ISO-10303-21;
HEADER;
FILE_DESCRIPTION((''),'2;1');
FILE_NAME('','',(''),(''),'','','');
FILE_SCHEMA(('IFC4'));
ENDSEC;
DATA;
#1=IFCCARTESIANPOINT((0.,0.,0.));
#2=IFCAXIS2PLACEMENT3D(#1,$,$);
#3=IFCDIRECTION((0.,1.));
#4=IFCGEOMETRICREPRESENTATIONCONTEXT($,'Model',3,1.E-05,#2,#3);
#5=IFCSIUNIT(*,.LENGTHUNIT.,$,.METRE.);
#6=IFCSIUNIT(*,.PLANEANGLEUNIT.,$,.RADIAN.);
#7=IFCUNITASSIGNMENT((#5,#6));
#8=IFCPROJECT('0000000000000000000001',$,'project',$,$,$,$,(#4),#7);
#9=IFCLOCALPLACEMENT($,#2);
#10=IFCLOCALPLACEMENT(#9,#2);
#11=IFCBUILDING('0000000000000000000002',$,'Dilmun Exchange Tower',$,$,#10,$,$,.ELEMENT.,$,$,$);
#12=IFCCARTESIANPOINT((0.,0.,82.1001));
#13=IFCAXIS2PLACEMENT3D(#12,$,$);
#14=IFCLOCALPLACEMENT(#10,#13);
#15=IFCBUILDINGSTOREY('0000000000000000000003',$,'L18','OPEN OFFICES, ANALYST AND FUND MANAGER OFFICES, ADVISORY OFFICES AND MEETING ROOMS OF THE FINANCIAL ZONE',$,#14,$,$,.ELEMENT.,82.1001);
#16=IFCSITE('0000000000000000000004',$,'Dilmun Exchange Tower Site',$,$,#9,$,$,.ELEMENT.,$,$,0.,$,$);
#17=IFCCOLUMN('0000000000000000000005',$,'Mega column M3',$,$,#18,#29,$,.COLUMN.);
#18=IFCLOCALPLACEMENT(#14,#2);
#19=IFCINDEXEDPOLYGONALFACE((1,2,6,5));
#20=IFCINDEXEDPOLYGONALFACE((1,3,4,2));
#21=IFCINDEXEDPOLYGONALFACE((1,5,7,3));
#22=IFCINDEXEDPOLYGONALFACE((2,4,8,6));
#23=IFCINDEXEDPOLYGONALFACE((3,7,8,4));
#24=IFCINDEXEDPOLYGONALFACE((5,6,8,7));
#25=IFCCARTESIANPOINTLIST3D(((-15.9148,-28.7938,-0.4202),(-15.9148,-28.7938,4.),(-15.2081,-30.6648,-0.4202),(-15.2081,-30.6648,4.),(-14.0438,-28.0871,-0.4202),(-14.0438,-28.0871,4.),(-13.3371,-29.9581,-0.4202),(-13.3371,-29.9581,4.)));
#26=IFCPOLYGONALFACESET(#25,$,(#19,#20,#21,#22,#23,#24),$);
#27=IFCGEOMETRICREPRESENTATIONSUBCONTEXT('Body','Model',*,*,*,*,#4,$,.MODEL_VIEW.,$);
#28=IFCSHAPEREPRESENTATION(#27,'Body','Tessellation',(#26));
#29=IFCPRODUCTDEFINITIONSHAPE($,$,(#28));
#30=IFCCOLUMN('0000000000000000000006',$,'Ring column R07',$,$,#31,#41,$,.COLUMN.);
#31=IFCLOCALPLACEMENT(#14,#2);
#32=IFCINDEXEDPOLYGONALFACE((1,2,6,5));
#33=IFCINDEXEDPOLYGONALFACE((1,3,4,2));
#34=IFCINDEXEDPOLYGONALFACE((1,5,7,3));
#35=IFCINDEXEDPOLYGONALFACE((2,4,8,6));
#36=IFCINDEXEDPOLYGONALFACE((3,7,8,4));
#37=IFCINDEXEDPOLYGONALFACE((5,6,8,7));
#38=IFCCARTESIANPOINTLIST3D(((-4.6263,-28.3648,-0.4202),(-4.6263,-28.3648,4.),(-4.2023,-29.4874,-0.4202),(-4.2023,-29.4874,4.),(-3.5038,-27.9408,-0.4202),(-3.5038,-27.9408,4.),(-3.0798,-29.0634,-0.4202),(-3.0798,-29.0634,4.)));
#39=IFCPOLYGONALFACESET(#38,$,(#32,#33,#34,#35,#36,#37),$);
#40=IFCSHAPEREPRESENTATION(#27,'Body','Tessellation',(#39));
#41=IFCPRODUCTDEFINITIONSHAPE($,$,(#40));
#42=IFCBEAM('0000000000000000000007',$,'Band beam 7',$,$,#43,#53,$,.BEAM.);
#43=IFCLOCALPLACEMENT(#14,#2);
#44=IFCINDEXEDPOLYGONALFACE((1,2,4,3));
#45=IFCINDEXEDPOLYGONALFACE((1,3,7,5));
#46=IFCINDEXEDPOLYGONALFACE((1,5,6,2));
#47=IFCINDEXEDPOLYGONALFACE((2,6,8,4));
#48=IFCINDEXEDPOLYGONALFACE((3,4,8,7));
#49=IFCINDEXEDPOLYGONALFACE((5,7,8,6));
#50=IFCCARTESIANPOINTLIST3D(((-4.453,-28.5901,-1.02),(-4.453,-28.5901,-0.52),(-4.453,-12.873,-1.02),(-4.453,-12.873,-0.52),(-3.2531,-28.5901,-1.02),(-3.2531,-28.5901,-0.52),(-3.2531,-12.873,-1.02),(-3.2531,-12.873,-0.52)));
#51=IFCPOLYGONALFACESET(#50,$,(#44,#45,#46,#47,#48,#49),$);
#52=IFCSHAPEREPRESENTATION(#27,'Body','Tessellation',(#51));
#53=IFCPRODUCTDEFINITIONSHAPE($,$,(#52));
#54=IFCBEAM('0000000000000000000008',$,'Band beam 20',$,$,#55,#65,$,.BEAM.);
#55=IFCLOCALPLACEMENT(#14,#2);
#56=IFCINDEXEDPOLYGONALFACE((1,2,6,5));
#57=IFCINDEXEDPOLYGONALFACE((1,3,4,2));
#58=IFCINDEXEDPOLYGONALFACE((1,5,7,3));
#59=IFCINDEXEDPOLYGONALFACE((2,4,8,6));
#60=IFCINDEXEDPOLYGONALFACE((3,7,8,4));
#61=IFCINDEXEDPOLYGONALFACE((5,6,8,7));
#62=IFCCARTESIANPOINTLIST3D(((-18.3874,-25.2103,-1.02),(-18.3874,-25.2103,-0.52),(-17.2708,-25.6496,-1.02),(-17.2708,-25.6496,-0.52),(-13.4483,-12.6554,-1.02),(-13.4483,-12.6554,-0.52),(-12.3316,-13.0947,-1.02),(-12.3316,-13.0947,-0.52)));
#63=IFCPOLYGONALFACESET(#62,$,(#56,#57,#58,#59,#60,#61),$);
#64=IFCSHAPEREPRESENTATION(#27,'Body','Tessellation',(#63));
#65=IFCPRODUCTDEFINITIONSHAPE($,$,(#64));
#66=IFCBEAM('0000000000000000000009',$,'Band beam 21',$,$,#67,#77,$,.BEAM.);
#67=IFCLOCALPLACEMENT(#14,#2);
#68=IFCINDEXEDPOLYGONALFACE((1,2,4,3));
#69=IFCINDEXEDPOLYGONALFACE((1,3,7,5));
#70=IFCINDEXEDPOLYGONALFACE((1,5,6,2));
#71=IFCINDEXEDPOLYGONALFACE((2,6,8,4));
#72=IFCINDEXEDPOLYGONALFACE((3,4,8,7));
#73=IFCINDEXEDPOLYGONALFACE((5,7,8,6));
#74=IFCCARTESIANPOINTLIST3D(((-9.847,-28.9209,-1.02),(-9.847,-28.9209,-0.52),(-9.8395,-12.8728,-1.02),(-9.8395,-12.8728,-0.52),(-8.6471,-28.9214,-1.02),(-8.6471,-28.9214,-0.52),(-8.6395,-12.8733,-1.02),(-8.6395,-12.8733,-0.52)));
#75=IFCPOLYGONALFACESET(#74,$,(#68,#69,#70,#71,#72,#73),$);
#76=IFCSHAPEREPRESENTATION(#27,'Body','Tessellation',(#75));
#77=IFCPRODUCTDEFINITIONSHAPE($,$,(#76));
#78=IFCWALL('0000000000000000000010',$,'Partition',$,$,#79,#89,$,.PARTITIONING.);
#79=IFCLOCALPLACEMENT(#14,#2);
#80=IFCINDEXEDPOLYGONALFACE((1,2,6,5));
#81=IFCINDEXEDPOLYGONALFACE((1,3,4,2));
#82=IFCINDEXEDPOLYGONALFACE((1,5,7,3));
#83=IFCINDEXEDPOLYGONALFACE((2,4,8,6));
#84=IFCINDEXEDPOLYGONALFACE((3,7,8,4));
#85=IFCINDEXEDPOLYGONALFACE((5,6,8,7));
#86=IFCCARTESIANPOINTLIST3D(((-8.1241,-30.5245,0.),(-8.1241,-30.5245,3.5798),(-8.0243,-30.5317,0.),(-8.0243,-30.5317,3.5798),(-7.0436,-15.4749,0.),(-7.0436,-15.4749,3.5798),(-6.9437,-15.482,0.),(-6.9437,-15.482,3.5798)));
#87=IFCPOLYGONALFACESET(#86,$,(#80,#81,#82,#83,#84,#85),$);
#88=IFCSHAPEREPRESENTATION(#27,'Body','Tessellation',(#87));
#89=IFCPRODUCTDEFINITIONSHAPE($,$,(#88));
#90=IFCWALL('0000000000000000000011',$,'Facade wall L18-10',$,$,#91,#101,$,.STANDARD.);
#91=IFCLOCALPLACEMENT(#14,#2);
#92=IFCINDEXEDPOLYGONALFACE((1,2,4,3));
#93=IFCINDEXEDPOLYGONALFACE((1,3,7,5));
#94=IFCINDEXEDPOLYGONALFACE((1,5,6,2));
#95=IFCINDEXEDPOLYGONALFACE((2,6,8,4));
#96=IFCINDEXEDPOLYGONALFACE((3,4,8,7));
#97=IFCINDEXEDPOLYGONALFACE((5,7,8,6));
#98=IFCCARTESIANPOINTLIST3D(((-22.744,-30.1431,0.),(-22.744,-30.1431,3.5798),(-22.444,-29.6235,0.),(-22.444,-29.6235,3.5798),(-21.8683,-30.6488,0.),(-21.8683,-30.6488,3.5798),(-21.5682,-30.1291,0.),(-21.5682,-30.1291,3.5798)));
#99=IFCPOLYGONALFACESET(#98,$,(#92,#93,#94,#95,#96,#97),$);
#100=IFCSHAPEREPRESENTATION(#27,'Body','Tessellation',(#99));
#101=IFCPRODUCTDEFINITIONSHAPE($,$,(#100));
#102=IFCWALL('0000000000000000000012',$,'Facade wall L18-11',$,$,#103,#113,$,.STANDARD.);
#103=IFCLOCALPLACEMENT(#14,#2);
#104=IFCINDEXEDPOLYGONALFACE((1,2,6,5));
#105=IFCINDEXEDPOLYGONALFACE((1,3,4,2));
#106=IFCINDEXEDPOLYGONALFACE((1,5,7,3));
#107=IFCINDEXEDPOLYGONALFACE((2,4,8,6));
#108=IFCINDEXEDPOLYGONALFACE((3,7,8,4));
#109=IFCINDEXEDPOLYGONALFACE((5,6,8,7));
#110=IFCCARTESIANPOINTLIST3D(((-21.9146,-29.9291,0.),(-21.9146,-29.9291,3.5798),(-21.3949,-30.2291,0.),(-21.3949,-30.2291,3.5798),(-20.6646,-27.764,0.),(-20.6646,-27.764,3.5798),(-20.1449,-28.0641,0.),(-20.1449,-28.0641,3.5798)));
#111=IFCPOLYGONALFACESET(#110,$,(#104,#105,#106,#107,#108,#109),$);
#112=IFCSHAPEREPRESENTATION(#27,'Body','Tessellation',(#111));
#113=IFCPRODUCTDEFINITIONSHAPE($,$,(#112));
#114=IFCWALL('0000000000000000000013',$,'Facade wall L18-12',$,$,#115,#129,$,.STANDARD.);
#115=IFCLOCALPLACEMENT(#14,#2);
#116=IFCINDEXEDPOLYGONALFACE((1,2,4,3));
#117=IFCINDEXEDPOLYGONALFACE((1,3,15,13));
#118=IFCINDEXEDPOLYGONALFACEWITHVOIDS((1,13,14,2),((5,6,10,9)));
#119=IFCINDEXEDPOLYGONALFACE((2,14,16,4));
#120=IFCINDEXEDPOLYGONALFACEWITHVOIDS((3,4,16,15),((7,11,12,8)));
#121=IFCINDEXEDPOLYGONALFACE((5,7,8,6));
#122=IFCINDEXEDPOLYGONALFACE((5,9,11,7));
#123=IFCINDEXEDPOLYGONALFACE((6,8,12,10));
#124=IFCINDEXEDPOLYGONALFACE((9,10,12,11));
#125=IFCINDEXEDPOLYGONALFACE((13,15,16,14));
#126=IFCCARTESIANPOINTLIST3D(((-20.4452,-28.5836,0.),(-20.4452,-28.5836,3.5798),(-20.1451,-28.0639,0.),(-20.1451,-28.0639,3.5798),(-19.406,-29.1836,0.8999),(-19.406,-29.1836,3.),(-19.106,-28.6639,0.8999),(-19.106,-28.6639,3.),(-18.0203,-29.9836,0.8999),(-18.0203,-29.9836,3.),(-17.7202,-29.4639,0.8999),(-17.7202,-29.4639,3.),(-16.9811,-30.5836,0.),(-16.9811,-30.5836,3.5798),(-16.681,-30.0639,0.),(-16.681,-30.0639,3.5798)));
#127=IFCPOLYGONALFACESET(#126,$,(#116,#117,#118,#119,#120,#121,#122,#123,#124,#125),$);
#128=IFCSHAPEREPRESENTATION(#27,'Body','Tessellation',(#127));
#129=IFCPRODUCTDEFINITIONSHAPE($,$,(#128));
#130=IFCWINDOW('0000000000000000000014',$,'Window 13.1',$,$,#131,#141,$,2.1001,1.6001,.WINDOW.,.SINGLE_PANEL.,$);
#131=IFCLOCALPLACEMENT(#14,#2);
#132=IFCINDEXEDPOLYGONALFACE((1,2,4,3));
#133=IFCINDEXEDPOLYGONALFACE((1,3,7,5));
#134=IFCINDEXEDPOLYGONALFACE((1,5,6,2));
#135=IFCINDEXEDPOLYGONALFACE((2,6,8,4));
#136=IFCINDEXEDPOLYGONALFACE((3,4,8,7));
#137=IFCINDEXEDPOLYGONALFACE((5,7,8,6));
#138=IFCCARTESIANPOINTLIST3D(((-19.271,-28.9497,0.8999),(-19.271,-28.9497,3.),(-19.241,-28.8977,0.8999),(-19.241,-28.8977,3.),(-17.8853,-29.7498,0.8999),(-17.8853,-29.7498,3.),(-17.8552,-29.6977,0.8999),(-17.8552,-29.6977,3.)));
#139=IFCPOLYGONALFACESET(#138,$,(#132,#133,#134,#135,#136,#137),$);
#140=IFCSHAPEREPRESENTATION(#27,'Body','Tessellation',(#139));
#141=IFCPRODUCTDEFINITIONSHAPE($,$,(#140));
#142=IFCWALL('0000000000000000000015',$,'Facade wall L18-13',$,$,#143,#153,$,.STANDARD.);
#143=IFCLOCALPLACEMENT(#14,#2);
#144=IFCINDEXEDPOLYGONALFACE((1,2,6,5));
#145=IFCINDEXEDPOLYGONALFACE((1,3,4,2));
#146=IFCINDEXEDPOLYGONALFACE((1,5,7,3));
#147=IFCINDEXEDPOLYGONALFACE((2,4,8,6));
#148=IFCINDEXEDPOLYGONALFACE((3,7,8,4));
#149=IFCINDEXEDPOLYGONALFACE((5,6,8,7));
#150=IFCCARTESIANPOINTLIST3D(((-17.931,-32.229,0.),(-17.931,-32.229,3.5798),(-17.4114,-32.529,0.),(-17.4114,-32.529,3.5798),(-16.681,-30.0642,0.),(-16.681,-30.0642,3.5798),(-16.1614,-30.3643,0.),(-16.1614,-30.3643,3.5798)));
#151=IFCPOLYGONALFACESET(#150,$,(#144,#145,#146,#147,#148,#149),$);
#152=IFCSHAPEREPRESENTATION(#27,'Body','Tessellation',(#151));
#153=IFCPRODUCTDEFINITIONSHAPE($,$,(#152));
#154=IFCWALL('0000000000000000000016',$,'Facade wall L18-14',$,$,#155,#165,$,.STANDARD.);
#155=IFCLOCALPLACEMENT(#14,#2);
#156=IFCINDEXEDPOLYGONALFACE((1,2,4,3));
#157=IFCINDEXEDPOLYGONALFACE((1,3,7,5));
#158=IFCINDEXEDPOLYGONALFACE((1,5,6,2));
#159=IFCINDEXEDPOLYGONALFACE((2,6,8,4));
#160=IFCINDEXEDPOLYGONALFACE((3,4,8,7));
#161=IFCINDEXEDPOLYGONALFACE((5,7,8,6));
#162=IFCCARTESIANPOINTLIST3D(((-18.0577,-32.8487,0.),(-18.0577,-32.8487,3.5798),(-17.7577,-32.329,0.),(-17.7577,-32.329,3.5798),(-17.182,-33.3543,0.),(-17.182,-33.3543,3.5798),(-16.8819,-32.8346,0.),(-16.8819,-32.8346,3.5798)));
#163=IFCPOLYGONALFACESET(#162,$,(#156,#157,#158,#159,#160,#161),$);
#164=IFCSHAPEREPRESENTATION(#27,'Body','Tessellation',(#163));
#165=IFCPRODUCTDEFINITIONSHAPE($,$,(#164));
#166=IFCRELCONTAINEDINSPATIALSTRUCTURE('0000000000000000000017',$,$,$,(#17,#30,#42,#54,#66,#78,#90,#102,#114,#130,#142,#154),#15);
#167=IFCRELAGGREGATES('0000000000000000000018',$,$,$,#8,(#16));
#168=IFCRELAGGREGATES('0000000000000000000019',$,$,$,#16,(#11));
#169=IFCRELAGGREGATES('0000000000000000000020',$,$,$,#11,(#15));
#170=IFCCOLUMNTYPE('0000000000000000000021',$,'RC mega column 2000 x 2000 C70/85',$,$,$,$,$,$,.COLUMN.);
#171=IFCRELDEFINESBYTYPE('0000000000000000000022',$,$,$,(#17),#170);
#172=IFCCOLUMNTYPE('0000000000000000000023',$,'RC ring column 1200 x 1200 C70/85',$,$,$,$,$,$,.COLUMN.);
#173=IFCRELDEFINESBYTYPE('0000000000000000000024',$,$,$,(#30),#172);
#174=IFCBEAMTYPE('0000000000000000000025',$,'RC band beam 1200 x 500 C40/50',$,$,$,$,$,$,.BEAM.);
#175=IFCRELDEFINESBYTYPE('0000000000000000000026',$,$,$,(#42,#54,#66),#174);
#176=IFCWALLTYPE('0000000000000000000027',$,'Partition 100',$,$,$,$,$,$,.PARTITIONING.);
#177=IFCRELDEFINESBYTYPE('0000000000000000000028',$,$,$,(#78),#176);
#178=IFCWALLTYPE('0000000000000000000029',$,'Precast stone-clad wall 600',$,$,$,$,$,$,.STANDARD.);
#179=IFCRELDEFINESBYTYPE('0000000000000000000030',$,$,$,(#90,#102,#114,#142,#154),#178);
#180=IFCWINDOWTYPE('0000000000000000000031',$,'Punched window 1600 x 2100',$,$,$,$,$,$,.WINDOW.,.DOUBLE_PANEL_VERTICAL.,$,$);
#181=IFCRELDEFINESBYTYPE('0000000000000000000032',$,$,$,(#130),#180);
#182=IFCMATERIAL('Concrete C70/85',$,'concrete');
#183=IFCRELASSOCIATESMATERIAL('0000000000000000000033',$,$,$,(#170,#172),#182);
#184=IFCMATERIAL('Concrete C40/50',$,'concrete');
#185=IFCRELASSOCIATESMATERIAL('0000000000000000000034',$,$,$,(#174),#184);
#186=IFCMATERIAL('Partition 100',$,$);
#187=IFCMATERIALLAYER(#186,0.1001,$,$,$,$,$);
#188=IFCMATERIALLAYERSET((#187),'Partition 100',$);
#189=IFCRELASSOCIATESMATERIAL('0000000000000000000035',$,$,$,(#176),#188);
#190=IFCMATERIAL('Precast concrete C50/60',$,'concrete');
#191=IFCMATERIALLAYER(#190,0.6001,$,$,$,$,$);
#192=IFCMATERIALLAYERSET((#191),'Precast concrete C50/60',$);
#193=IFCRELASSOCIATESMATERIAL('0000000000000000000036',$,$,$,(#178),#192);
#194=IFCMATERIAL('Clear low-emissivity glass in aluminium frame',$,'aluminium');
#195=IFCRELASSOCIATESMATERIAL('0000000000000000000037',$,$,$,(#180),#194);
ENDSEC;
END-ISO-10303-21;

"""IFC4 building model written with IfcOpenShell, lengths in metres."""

from ifc_helpers import new_model, si_unit, direction, frame, frame_2d, origin, origin_2d, place, context, subcontext, project, spatial, rectangle, extrude, material, layer, layer_set, material_profile, profile_set, type_object, element, fill, save


model = new_model("IFC4")

# Units and contexts
model_context = context("Model", 3, precision=1e-05, world=origin(), true_north=direction((0.0, 1.0)))
body_context = subcontext(model_context, "Body", "Model", "MODEL_VIEW")
ifc_project = project(units=[si_unit("LENGTHUNIT", "METRE"), si_unit("PLANEANGLEUNIT", "RADIAN")], contexts=[model_context])

# Site, building, storey
site_placement = place(None, origin())
site = spatial("IfcSite", under=ifc_project, at=site_placement, Name="Dilmun Exchange Tower Site", CompositionType="ELEMENT", RefElevation=0.0)
building_placement = place(site_placement, origin())
building = spatial("IfcBuilding", under=site, at=building_placement, Name="Dilmun Exchange Tower", CompositionType="ELEMENT")
storey_placement = place(building_placement, frame((0.0, 0.0, 82.1001)))
storey = spatial("IfcBuildingStorey", under=building, at=storey_placement, Name="L18", Description="OPEN OFFICES, ANALYST AND FUND MANAGER OFFICES, ADVISORY OFFICES AND MEETING ROOMS OF THE FINANCIAL ZONE", CompositionType="ELEMENT", Elevation=82.1001)

# Columns
ifc_material_1 = material(Name="Concrete C70/85", Category="concrete")
ifc_material_profile_1 = material_profile(ifc_material_1, rectangle(XDim=2.0, YDim=2.0, at=origin_2d()), Name="2000 x 2000")
ifc_profile_set_1 = profile_set([ifc_material_profile_1], Name="Concrete C70/85")
column_type_1 = type_object("IfcColumnType", Name="RC mega column 2000 x 2000 C70/85", PredefinedType="COLUMN", material=ifc_profile_set_1)
column_1_placement = place(storey_placement, frame((-14.626, -29.376, -0.4202), z_axis=(0.0, 0.0, 1.0), x_axis=(0.935492, 0.353349, 0.0)))
element("IfcColumn", 1, at=column_1_placement, inside=storey, type_object=column_type_1, Name="Mega column M3", PredefinedType="COLUMN", context=body_context, shape_type="SweptSolid", body=[
    extrude(rectangle(XDim=2.0, YDim=2.0, at=origin_2d()), origin(), (0.0, 0.0, 1.0), 4.4202),
])
ifc_material_profile_2 = material_profile(ifc_material_1, rectangle(XDim=1.2, YDim=1.2, at=origin_2d()), Name="1200 x 1200")
ifc_profile_set_2 = profile_set([ifc_material_profile_2], Name="Concrete C70/85")
column_type_2 = type_object("IfcColumnType", Name="RC ring column 1200 x 1200 C70/85", PredefinedType="COLUMN", material=ifc_profile_set_2)
column_2_placement = place(storey_placement, frame((-3.853, -28.7141, -0.4202), z_axis=(0.0, 0.0, 1.0), x_axis=(0.935492, 0.353349, 0.0)))
element("IfcColumn", 2, at=column_2_placement, inside=storey, type_object=column_type_2, Name="Ring column R07", PredefinedType="COLUMN", context=body_context, shape_type="SweptSolid", body=[
    extrude(rectangle(XDim=1.2, YDim=1.2, at=origin_2d()), origin(), (0.0, 0.0, 1.0), 4.4202),
])

# Beams
ifc_material_2 = material(Name="Concrete C40/50", Category="concrete")
ifc_material_profile_3 = material_profile(ifc_material_2, rectangle(XDim=1.2, YDim=0.5, at=origin_2d()), Name="1200 x 500")
ifc_profile_set_3 = profile_set([ifc_material_profile_3], Name="Concrete C40/50")
beam_type = type_object("IfcBeamType", Name="RC band beam 1200 x 500 C40/50", PredefinedType="BEAM", material=ifc_profile_set_3)
beam_1_placement = place(storey_placement, frame((-3.853, -28.5901, -0.77), z_axis=(0.0, 1.0, 0.0), x_axis=(-1.0, 0.0, 0.0)))
element("IfcBeam", 3, at=beam_1_placement, inside=storey, type_object=beam_type, Name="Band beam 7", PredefinedType="BEAM", context=body_context, shape_type="SweptSolid", body=[
    extrude(rectangle(XDim=1.2, YDim=0.5, at=origin_2d()), origin(), (0.0, 0.0, 1.0), 15.717),
])
beam_2_placement = place(storey_placement, frame((-17.8291, -25.4299, -0.77), z_axis=(0.366096, 0.930577, 0.0), x_axis=(-0.930577, 0.366096, 0.0)))
element("IfcBeam", 4, at=beam_2_placement, inside=storey, type_object=beam_type, Name="Band beam 20", PredefinedType="BEAM", context=body_context, shape_type="SweptSolid", body=[
    extrude(rectangle(XDim=1.2, YDim=0.5, at=origin_2d()), origin(), (0.0, 0.0, 1.0), 13.4915),
])
beam_3_placement = place(storey_placement, frame((-9.2471, -28.9211, -0.77), z_axis=(0.000472, 1.0, 0.0), x_axis=(-1.0, 0.000472, 0.0)))
element("IfcBeam", 5, at=beam_3_placement, inside=storey, type_object=beam_type, Name="Band beam 21", PredefinedType="BEAM", context=body_context, shape_type="SweptSolid", body=[
    extrude(rectangle(XDim=1.2, YDim=0.5, at=origin_2d()), origin(), (0.0, 0.0, 1.0), 16.0481),
])

# Walls
ifc_material_3 = material(Name="Partition 100")
ifc_layer_1 = layer(ifc_material_3, 0.1001)
ifc_layer_set_1 = layer_set([ifc_layer_1], Name="Partition 100")
wall_type_1 = type_object("IfcWallType", Name="Partition 100", PredefinedType="PARTITIONING", material=ifc_layer_set_1)
wall_1_placement = place(storey_placement, frame((-8.0742, -30.5281, 0.0), z_axis=(0.0, 0.0, 1.0), x_axis=(0.071616, 0.997432, 0.0)))
element("IfcWall", 6, at=wall_1_placement, inside=storey, type_object=wall_type_1, Name="Partition", PredefinedType="PARTITIONING", context=body_context, shape_type="SweptSolid", body=[
    extrude(rectangle(XDim=15.0884, YDim=0.1001, at=frame_2d((7.5442, 0.0))), origin(), (0.0, 0.0, 1.0), 3.5798),
])
ifc_material_4 = material(Name="Precast concrete C50/60", Category="concrete")
ifc_layer_2 = layer(ifc_material_4, 0.6001)
ifc_layer_set_2 = layer_set([ifc_layer_2], Name="Precast concrete C50/60")
wall_type_2 = type_object("IfcWallType", Name="Precast stone-clad wall 600", PredefinedType="STANDARD", material=ifc_layer_set_2)
wall_2_placement = place(storey_placement, frame((-22.594, -29.8833, 0.0), z_axis=(0.0, 0.0, 1.0), x_axis=(0.866021, -0.500008, 0.0)))
element("IfcWall", 7, at=wall_2_placement, inside=storey, type_object=wall_type_2, Name="Facade wall L18-10", PredefinedType="STANDARD", context=body_context, shape_type="SweptSolid", body=[
    extrude(rectangle(XDim=1.0112, YDim=0.6001, at=frame_2d((0.5056, 0.0))), origin(), (0.0, 0.0, 1.0), 3.5798),
])
wall_3_placement = place(storey_placement, frame((-21.6548, -30.0791, 0.0), z_axis=(0.0, 0.0, 1.0), x_axis=(0.500004, 0.866023, 0.0)))
element("IfcWall", 8, at=wall_3_placement, inside=storey, type_object=wall_type_2, Name="Facade wall L18-11", PredefinedType="STANDARD", context=body_context, shape_type="SweptSolid", body=[
    extrude(rectangle(XDim=2.5, YDim=0.6001, at=frame_2d((1.25, 0.0))), origin(), (0.0, 0.0, 1.0), 3.5798),
])

# Wall, opening, window
wall_4_placement = place(storey_placement, frame((-20.2952, -28.3237, 0.0), z_axis=(0.0, 0.0, 1.0), x_axis=(0.866026, -0.499999, 0.0)))
wall_4 = element("IfcWall", 9, at=wall_4_placement, inside=storey, type_object=wall_type_2, Name="Facade wall L18-12", PredefinedType="STANDARD", context=body_context, shape_type="SweptSolid", body=[
    extrude(rectangle(XDim=4.0, YDim=0.6001, at=frame_2d((2.0, 0.0))), origin(), (0.0, 0.0, 1.0), 3.5798),
])
opening_1_placement = place(wall_4_placement, frame((1.2, 0.0, 0.8999)))
opening_1 = element("IfcOpeningElement", 10, at=opening_1_placement, cuts=wall_4, PredefinedType="OPENING", context=body_context, shape_type="SweptSolid", body=[
    extrude(rectangle(XDim=1.6001, YDim=2.1001, at=frame_2d((0.8, 1.05))), frame((0.0, 0.3101, 0.0), z_axis=(0.0, -1.0, 0.0), x_axis=(1.0, 0.0, 0.0)), (0.0, 0.0, 1.0), 0.6201),
])
ifc_material_5 = material(Name="Clear low-emissivity glass in aluminium frame", Category="aluminium")
window_type_1 = type_object("IfcWindowType", Name="Punched window 1600 x 2100", PartitioningType="DOUBLE_PANEL_VERTICAL", PredefinedType="WINDOW", material=ifc_material_5)
window_1_placement = place(opening_1_placement, origin())
window_1 = element("IfcWindow", 11, at=window_1_placement, inside=storey, type_object=window_type_1, Name="Window 13.1", OverallHeight=2.1001, OverallWidth=1.6001, PartitioningType="SINGLE_PANEL", PredefinedType="WINDOW", context=body_context, shape_type="SweptSolid", body=[
    extrude(rectangle(XDim=1.6001, YDim=2.1001, at=frame_2d((0.8, 1.05))), frame((0.0, 0.03, 0.0), z_axis=(0.0, -1.0, 0.0), x_axis=(1.0, 0.0, 0.0)), (0.0, 0.0, 1.0), 0.0601),
])
fill(opening_1, window_1)

# Walls
wall_5_placement = place(storey_placement, frame((-16.4211, -30.2141, 0.0), z_axis=(0.0, 0.0, 1.0), x_axis=(-0.500047, -0.865999, 0.0)))
element("IfcWall", 12, at=wall_5_placement, inside=storey, type_object=wall_type_2, Name="Facade wall L18-13", PredefinedType="STANDARD", context=body_context, shape_type="SweptSolid", body=[
    extrude(rectangle(XDim=2.4998, YDim=0.6001, at=frame_2d((1.25, 0.0))), origin(), (0.0, 0.0, 1.0), 3.5798),
])
wall_6_placement = place(storey_placement, frame((-17.9077, -32.5889, 0.0), z_axis=(0.0, 0.0, 1.0), x_axis=(0.866021, -0.500008, 0.0)))
element("IfcWall", 13, at=wall_6_placement, inside=storey, type_object=wall_type_2, Name="Facade wall L18-14", PredefinedType="STANDARD", context=body_context, shape_type="SweptSolid", body=[
    extrude(rectangle(XDim=1.0112, YDim=0.6001, at=frame_2d((0.5056, 0.0))), origin(), (0.0, 0.0, 1.0), 3.5798),
])

save(model, "model.ifc")
